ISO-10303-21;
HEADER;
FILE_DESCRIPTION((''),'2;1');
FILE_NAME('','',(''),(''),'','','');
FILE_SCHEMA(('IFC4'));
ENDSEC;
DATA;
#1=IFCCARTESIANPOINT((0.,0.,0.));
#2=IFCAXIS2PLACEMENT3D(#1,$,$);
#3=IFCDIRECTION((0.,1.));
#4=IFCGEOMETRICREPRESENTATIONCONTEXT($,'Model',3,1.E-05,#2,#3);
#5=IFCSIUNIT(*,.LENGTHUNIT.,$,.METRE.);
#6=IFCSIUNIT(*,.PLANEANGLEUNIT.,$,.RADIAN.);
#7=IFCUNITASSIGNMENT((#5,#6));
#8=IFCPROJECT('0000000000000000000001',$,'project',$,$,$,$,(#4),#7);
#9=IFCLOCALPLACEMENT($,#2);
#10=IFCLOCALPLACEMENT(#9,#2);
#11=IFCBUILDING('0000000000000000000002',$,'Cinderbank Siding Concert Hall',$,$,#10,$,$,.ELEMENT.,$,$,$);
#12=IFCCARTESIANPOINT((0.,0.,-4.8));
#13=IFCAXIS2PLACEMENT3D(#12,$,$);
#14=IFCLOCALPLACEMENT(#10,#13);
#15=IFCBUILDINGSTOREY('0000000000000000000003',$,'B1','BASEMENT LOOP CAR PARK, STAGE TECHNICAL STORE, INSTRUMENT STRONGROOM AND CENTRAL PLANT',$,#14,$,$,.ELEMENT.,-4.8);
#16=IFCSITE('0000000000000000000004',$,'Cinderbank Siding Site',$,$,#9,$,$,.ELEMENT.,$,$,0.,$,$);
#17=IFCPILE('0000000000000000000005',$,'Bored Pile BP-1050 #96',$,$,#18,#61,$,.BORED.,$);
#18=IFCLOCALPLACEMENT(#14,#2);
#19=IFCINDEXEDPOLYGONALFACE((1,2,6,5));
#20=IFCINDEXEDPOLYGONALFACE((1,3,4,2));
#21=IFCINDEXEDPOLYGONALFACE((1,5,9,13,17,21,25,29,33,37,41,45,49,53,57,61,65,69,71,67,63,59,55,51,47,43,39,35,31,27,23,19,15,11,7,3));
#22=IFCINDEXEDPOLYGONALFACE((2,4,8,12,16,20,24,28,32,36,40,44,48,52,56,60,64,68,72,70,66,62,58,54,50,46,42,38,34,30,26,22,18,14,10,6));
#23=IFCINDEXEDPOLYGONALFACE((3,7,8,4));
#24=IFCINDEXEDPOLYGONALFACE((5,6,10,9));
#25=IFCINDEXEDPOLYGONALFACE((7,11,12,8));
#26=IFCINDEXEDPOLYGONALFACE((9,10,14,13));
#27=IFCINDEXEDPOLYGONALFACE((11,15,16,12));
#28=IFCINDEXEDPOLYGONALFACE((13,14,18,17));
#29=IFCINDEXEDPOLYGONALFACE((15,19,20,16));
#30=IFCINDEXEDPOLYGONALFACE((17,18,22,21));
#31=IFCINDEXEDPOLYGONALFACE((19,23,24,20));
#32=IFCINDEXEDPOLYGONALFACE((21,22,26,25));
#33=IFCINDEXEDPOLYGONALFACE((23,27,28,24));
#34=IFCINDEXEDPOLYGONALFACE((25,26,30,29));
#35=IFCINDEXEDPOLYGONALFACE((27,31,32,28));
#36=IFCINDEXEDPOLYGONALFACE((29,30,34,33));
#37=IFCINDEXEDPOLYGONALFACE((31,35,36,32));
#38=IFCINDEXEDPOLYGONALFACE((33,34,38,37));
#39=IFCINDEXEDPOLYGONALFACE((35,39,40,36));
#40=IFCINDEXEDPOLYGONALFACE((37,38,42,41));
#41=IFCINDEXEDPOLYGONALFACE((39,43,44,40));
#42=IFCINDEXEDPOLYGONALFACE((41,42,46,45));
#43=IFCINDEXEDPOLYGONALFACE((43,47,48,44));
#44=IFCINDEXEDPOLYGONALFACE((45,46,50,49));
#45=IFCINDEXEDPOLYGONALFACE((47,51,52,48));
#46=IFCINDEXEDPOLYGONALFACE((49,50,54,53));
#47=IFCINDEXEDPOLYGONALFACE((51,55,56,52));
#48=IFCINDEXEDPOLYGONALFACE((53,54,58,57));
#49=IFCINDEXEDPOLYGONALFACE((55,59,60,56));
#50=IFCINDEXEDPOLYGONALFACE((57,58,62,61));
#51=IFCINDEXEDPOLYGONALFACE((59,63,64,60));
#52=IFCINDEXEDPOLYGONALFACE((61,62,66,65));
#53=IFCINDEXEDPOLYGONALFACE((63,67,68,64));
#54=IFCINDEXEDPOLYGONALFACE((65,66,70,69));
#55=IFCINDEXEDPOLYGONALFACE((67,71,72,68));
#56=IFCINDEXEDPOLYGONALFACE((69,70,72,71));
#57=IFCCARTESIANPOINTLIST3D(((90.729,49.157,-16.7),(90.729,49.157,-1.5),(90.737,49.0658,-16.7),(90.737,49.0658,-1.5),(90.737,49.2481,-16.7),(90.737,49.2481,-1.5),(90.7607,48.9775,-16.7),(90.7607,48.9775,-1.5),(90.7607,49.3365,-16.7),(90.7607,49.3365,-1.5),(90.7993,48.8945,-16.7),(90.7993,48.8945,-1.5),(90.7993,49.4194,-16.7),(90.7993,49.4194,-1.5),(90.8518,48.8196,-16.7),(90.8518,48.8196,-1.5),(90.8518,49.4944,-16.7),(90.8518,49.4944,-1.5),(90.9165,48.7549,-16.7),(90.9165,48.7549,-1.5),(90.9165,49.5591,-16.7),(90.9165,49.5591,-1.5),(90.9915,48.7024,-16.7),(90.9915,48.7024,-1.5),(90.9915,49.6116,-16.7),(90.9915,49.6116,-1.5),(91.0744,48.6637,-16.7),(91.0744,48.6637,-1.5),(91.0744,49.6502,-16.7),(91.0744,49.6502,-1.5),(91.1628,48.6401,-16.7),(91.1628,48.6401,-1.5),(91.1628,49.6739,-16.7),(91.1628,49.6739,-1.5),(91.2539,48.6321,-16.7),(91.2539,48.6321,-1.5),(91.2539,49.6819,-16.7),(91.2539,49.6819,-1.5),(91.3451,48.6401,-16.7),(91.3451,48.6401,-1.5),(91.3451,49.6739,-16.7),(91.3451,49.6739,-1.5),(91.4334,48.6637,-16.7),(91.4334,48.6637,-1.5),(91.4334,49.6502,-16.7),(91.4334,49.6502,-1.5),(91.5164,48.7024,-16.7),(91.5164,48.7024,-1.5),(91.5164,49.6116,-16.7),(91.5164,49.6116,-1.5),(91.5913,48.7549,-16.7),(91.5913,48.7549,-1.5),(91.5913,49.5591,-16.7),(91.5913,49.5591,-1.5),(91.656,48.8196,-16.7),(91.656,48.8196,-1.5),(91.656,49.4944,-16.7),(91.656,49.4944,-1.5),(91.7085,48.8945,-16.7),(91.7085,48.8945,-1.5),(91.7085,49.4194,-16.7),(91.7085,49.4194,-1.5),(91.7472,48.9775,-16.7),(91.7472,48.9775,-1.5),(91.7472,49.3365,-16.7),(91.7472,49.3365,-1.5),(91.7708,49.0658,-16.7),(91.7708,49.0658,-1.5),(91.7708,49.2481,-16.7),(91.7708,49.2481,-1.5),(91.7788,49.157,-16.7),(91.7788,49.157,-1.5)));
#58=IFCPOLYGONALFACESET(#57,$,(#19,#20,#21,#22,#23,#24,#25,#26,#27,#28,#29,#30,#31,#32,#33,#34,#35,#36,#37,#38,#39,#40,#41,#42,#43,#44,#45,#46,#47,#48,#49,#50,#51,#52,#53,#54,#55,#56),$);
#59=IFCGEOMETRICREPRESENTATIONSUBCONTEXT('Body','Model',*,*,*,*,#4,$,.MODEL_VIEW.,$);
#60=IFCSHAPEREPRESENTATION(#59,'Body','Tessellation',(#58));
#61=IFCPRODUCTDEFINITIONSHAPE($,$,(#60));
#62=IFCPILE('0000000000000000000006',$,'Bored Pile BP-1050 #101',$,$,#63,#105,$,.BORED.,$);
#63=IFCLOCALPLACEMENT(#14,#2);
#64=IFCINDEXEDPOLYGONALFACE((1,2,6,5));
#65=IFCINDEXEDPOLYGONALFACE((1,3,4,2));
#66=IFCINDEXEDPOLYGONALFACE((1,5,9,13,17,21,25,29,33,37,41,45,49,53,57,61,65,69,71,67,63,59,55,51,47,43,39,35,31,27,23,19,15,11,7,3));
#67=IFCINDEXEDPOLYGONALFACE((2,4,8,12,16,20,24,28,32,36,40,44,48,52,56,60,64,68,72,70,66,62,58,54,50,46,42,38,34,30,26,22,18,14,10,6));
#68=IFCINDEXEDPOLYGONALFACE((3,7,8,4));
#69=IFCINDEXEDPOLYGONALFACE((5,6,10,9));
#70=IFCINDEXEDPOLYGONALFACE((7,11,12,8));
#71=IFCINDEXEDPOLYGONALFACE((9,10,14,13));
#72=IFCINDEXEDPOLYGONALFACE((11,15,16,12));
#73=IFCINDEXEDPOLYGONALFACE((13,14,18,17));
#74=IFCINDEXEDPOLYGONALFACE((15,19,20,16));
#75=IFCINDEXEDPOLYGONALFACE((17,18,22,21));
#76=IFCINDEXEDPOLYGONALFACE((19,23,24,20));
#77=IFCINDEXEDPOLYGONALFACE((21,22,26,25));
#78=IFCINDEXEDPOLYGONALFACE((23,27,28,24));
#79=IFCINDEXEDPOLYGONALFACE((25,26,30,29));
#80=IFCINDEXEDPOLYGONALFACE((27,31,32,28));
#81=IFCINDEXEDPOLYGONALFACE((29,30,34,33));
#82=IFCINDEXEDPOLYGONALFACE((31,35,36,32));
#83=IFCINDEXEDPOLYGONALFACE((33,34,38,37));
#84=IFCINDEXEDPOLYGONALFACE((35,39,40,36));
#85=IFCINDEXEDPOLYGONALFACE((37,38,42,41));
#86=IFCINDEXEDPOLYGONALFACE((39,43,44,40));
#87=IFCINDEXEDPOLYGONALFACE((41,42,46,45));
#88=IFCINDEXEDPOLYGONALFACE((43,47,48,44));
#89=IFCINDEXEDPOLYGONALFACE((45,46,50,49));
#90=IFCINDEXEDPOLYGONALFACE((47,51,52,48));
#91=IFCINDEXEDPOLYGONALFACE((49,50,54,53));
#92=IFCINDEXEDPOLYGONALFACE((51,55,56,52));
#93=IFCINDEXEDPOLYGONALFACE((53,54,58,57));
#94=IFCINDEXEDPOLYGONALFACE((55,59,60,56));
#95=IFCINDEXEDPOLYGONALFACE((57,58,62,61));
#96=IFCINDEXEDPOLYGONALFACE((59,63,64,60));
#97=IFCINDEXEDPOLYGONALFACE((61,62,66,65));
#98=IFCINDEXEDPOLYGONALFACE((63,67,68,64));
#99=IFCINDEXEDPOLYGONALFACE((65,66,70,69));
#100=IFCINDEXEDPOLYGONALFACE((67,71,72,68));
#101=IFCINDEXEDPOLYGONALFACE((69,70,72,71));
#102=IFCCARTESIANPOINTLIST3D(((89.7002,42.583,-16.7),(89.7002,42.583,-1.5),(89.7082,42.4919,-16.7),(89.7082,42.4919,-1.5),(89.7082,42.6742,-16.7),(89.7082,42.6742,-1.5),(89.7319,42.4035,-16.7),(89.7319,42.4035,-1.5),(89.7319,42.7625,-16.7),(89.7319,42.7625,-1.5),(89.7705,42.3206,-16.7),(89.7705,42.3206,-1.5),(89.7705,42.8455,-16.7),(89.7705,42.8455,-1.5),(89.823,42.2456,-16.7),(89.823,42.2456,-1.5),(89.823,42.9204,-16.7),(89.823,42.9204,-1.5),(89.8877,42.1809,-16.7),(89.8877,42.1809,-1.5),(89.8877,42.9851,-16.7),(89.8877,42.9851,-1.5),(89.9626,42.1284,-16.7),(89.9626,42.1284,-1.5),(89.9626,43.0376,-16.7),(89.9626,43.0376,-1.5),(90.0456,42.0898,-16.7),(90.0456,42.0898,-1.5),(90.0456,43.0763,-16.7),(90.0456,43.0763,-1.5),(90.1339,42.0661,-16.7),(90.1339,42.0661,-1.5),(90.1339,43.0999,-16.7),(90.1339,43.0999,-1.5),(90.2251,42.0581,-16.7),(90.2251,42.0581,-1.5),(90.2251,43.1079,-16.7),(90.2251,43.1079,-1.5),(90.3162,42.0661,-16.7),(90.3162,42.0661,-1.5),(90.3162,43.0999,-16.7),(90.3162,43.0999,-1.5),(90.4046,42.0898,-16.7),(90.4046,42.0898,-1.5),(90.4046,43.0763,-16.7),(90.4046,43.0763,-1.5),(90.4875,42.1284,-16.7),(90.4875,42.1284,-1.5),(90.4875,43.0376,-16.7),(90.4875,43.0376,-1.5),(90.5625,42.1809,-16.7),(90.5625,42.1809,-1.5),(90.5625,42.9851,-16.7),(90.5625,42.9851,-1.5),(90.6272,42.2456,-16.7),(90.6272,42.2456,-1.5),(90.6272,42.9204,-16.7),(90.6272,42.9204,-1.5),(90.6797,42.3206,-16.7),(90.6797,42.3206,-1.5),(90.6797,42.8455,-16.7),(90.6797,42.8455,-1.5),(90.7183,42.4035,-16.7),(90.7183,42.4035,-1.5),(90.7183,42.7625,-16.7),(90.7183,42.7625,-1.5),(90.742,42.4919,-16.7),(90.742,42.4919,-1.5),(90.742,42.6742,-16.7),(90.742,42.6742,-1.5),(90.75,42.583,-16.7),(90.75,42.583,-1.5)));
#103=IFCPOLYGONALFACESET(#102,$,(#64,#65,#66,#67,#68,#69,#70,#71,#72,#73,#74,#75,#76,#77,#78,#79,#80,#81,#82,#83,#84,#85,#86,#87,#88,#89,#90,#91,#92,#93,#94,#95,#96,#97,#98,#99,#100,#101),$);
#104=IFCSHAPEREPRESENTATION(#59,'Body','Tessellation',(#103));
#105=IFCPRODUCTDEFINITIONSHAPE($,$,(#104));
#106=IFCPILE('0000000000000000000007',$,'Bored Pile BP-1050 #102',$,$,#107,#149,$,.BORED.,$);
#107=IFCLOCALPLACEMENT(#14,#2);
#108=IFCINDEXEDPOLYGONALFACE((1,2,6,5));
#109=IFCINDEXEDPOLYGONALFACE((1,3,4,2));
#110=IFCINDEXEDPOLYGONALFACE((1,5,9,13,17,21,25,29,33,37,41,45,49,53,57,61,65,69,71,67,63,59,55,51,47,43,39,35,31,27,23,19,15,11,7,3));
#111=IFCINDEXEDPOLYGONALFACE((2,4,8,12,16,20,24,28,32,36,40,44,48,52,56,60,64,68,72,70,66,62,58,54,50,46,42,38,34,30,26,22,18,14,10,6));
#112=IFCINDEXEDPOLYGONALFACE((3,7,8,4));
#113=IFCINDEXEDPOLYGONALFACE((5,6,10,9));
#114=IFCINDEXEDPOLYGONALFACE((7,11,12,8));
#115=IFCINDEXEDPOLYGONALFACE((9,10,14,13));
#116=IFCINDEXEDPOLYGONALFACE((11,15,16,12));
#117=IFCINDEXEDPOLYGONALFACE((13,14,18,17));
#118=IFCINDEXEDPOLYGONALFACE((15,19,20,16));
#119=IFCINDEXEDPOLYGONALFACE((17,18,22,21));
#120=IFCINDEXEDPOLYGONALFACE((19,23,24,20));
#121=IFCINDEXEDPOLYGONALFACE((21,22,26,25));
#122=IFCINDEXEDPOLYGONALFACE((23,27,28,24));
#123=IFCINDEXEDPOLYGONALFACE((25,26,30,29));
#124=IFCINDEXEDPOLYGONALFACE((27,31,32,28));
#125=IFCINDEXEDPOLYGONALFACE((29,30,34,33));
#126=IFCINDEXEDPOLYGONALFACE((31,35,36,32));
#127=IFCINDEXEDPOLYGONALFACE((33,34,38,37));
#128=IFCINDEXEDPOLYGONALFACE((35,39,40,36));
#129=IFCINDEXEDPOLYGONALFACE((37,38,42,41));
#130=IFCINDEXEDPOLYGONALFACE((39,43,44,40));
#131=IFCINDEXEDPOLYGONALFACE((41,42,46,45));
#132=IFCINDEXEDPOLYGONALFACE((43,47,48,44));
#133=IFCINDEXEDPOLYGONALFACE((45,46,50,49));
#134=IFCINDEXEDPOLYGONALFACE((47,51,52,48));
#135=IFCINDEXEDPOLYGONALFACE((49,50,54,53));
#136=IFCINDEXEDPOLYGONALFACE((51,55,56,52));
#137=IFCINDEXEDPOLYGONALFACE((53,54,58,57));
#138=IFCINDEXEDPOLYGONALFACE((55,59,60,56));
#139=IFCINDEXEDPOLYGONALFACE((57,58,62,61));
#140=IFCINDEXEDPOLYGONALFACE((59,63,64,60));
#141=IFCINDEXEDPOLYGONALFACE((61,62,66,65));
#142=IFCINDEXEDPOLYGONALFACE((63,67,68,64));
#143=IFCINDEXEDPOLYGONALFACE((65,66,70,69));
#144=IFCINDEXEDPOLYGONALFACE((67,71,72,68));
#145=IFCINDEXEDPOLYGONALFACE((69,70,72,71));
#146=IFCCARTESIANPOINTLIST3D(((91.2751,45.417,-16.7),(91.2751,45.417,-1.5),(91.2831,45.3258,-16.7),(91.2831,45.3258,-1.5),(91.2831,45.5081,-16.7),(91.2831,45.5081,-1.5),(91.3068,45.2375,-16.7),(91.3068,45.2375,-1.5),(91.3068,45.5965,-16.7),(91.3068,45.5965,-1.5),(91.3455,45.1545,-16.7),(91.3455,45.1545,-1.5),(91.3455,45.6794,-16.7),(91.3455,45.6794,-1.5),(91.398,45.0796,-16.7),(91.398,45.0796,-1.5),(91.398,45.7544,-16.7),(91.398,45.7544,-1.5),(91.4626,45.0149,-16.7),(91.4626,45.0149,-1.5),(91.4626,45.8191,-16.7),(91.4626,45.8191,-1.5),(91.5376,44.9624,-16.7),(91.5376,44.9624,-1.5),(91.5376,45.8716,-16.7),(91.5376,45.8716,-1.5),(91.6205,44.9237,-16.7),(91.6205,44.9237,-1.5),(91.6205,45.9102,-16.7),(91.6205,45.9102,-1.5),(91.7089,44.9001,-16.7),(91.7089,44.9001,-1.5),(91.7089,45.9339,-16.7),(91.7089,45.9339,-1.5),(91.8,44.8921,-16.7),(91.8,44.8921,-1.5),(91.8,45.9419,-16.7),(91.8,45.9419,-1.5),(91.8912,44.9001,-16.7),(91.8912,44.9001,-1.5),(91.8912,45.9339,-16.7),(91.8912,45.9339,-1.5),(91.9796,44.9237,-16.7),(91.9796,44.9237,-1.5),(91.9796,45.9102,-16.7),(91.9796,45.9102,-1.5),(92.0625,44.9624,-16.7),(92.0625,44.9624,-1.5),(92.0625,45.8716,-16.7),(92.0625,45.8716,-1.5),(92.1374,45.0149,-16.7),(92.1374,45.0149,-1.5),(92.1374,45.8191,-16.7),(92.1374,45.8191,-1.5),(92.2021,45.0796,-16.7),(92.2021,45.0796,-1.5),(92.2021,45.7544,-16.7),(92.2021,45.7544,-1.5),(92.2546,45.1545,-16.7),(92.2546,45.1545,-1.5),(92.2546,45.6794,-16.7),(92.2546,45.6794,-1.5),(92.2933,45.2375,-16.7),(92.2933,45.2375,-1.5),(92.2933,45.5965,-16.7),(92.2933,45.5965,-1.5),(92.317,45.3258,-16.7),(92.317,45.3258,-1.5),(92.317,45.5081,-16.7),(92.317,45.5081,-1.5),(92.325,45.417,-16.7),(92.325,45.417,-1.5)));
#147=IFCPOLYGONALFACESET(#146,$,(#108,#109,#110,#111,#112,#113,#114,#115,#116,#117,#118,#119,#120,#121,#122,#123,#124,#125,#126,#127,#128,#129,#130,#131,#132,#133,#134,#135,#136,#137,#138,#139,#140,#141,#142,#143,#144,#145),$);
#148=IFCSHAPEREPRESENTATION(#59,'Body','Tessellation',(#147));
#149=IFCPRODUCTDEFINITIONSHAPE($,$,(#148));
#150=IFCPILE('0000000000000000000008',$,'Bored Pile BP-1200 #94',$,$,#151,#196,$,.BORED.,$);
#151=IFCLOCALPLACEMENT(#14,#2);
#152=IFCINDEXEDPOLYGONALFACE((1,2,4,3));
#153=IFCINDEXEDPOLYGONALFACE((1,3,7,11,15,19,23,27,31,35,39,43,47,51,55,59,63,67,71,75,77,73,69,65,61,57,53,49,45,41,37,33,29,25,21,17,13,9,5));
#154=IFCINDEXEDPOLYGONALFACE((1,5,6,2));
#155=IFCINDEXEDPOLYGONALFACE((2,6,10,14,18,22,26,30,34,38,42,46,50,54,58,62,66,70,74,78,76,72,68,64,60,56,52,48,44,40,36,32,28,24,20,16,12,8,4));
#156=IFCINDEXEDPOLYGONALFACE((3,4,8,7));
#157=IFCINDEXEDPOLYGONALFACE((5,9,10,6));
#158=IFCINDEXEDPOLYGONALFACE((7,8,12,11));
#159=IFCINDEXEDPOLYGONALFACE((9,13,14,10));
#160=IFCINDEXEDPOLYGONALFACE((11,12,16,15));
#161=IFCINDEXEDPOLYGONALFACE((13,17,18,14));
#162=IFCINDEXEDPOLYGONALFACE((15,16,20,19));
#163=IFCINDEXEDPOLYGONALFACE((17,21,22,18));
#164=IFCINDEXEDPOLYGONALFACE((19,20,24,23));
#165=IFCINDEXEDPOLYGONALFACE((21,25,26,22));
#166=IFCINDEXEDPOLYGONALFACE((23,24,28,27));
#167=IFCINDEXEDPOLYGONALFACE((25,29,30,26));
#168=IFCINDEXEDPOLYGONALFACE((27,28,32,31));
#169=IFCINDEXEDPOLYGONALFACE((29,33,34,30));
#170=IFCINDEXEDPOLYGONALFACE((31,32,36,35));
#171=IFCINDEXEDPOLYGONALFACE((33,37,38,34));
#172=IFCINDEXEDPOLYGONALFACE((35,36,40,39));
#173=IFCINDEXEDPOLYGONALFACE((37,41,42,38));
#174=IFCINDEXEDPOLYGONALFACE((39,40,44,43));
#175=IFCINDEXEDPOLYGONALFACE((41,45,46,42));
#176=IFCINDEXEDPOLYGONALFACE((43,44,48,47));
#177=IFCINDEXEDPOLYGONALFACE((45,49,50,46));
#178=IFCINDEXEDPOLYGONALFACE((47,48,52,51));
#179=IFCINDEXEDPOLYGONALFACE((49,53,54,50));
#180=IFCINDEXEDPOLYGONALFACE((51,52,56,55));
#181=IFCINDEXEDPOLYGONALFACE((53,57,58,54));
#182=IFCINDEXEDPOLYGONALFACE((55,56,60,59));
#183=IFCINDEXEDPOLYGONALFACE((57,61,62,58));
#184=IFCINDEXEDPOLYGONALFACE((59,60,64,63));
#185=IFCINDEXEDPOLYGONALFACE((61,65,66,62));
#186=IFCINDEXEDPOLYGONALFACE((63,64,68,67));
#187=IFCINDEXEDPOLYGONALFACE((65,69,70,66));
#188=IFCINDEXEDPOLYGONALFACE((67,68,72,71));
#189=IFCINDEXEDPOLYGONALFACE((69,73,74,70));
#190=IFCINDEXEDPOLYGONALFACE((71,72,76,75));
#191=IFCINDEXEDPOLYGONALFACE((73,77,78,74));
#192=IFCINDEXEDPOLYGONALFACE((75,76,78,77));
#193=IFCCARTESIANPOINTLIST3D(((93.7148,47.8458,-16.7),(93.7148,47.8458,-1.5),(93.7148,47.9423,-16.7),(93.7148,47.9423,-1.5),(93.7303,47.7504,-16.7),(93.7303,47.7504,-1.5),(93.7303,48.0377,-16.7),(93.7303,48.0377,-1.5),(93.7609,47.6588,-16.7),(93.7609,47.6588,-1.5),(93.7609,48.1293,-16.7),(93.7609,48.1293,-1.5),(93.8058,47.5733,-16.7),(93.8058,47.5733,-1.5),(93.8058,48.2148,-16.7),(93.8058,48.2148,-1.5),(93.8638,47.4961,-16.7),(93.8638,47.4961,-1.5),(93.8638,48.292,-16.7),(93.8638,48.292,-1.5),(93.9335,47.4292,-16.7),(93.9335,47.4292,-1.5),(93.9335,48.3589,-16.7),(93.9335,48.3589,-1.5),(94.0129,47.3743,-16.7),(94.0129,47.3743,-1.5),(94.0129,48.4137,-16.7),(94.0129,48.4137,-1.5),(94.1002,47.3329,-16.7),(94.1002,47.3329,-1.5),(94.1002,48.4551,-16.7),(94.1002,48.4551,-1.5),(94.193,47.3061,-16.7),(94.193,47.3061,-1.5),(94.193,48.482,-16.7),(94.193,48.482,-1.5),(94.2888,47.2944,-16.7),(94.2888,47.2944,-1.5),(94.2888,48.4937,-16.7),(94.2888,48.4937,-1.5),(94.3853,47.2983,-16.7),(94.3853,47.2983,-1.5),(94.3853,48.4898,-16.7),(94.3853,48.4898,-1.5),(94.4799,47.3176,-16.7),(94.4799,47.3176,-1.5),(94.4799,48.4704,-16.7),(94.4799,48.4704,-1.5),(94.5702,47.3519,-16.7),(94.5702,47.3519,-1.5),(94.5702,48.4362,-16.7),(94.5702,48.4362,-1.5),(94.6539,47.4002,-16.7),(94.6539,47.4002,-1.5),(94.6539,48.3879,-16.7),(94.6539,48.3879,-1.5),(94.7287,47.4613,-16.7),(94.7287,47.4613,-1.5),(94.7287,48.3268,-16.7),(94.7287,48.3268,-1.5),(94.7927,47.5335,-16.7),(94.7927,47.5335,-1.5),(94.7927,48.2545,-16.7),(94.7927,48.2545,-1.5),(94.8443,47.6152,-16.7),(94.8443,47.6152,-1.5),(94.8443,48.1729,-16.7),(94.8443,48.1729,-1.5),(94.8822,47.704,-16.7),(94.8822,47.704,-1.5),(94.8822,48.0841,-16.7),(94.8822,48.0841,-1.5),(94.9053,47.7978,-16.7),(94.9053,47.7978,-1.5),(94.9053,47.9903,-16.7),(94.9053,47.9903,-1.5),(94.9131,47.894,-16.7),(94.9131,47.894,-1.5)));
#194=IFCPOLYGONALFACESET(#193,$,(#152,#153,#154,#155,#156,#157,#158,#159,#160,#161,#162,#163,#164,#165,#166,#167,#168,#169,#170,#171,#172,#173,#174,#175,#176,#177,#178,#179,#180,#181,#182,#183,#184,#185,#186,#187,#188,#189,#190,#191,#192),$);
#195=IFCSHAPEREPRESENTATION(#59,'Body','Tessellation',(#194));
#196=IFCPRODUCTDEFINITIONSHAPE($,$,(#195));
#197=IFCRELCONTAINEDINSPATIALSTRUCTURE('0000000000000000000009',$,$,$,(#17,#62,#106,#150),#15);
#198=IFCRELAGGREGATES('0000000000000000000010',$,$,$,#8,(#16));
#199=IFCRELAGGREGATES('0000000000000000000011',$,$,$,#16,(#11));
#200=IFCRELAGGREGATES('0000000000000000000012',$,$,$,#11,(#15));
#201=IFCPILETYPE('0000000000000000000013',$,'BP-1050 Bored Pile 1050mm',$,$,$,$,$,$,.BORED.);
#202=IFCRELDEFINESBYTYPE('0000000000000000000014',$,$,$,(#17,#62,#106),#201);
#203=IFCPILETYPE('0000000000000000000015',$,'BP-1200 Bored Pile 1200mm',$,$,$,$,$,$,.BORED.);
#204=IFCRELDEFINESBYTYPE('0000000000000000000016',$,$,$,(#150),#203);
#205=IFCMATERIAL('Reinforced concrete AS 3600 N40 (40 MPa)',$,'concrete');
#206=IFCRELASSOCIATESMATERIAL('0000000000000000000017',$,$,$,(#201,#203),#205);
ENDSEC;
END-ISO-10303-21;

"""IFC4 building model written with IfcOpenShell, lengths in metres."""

from ifc_helpers import new_model, si_unit, direction, frame, origin, origin_2d, place, context, subcontext, project, spatial, circle, extrude, material, material_profile, profile_set, type_object, element, save


model = new_model("IFC4")

# Units and contexts
model_context = context("Model", 3, precision=1e-05, world=origin(), true_north=direction((0.0, 1.0)))
body_context = subcontext(model_context, "Body", "Model", "MODEL_VIEW")
ifc_project = project(units=[si_unit("LENGTHUNIT", "METRE"), si_unit("PLANEANGLEUNIT", "RADIAN")], contexts=[model_context])

# Site, building, storey
site_placement = place(None, origin())
site = spatial("IfcSite", under=ifc_project, at=site_placement, Name="Cinderbank Siding Site", CompositionType="ELEMENT", RefElevation=0.0)
building_placement = place(site_placement, origin())
building = spatial("IfcBuilding", under=site, at=building_placement, Name="Cinderbank Siding Concert Hall", CompositionType="ELEMENT")
storey_placement = place(building_placement, frame((0.0, 0.0, -4.8)))
storey = spatial("IfcBuildingStorey", under=building, at=storey_placement, Name="B1", Description="BASEMENT LOOP CAR PARK, STAGE TECHNICAL STORE, INSTRUMENT STRONGROOM AND CENTRAL PLANT", CompositionType="ELEMENT", Elevation=-4.8)

# Piles
ifc_material_1 = material(Name="Reinforced concrete AS 3600 N40 (40 MPa)", Category="concrete")
ifc_material_profile_1 = material_profile(ifc_material_1, circle(Radius=0.5249, at=origin_2d()), Name="PILE-1050DIA", Category="LoadBearing")
ifc_profile_set_1 = profile_set([ifc_material_profile_1], Name="Reinforced concrete AS 3600 N40 (40 MPa)")
pile_type_1 = type_object("IfcPileType", Name="BP-1050 Bored Pile 1050mm", PredefinedType="BORED", material=ifc_profile_set_1)
for number, where, z_axis, x_axis, name in (
    (1, (91.2539, 49.157, -1.5), (0.0, 0.0, -1.0), (1.0, 0.0, 0.0), "Bored Pile BP-1050 #96"),
    (2, (90.2251, 42.583, -1.5), (0.0, 0.0, -1.0), (1.0, 0.0, 0.0), "Bored Pile BP-1050 #101"),
    (3, (91.8, 45.417, -1.5), (0.0, 0.0, -1.0), (1.0, 0.0, 0.0), "Bored Pile BP-1050 #102"),
):
    element("IfcPile", number, at=place(storey_placement, frame(where, z_axis=z_axis, x_axis=x_axis)), inside=storey, type_object=pile_type_1, Name=name, PredefinedType="BORED", context=body_context, shape_type="SweptSolid", body=[
        extrude(circle(Radius=0.5249, at=origin_2d()), origin(), (0.0, 0.0, 1.0), 15.2),
    ])
ifc_material_profile_2 = material_profile(ifc_material_1, circle(Radius=0.6001, at=origin_2d()), Name="PILE-1200DIA", Category="LoadBearing")
ifc_profile_set_2 = profile_set([ifc_material_profile_2], Name="Reinforced concrete AS 3600 N40 (40 MPa)")
pile_type_2 = type_object("IfcPileType", Name="BP-1200 Bored Pile 1200mm", PredefinedType="BORED", material=ifc_profile_set_2)
for number, where, z_axis, x_axis, name in (
    (4, (94.313, 47.894, -1.5), (0.0, 0.0, -1.0), (1.0, 0.0, 0.0), "Bored Pile BP-1200 #94"),
):
    element("IfcPile", number, at=place(storey_placement, frame(where, z_axis=z_axis, x_axis=x_axis)), inside=storey, type_object=pile_type_2, Name=name, PredefinedType="BORED", context=body_context, shape_type="SweptSolid", body=[
        extrude(circle(Radius=0.6001, at=origin_2d()), origin(), (0.0, 0.0, 1.0), 15.2),
    ])

save(model, "model.ifc")
